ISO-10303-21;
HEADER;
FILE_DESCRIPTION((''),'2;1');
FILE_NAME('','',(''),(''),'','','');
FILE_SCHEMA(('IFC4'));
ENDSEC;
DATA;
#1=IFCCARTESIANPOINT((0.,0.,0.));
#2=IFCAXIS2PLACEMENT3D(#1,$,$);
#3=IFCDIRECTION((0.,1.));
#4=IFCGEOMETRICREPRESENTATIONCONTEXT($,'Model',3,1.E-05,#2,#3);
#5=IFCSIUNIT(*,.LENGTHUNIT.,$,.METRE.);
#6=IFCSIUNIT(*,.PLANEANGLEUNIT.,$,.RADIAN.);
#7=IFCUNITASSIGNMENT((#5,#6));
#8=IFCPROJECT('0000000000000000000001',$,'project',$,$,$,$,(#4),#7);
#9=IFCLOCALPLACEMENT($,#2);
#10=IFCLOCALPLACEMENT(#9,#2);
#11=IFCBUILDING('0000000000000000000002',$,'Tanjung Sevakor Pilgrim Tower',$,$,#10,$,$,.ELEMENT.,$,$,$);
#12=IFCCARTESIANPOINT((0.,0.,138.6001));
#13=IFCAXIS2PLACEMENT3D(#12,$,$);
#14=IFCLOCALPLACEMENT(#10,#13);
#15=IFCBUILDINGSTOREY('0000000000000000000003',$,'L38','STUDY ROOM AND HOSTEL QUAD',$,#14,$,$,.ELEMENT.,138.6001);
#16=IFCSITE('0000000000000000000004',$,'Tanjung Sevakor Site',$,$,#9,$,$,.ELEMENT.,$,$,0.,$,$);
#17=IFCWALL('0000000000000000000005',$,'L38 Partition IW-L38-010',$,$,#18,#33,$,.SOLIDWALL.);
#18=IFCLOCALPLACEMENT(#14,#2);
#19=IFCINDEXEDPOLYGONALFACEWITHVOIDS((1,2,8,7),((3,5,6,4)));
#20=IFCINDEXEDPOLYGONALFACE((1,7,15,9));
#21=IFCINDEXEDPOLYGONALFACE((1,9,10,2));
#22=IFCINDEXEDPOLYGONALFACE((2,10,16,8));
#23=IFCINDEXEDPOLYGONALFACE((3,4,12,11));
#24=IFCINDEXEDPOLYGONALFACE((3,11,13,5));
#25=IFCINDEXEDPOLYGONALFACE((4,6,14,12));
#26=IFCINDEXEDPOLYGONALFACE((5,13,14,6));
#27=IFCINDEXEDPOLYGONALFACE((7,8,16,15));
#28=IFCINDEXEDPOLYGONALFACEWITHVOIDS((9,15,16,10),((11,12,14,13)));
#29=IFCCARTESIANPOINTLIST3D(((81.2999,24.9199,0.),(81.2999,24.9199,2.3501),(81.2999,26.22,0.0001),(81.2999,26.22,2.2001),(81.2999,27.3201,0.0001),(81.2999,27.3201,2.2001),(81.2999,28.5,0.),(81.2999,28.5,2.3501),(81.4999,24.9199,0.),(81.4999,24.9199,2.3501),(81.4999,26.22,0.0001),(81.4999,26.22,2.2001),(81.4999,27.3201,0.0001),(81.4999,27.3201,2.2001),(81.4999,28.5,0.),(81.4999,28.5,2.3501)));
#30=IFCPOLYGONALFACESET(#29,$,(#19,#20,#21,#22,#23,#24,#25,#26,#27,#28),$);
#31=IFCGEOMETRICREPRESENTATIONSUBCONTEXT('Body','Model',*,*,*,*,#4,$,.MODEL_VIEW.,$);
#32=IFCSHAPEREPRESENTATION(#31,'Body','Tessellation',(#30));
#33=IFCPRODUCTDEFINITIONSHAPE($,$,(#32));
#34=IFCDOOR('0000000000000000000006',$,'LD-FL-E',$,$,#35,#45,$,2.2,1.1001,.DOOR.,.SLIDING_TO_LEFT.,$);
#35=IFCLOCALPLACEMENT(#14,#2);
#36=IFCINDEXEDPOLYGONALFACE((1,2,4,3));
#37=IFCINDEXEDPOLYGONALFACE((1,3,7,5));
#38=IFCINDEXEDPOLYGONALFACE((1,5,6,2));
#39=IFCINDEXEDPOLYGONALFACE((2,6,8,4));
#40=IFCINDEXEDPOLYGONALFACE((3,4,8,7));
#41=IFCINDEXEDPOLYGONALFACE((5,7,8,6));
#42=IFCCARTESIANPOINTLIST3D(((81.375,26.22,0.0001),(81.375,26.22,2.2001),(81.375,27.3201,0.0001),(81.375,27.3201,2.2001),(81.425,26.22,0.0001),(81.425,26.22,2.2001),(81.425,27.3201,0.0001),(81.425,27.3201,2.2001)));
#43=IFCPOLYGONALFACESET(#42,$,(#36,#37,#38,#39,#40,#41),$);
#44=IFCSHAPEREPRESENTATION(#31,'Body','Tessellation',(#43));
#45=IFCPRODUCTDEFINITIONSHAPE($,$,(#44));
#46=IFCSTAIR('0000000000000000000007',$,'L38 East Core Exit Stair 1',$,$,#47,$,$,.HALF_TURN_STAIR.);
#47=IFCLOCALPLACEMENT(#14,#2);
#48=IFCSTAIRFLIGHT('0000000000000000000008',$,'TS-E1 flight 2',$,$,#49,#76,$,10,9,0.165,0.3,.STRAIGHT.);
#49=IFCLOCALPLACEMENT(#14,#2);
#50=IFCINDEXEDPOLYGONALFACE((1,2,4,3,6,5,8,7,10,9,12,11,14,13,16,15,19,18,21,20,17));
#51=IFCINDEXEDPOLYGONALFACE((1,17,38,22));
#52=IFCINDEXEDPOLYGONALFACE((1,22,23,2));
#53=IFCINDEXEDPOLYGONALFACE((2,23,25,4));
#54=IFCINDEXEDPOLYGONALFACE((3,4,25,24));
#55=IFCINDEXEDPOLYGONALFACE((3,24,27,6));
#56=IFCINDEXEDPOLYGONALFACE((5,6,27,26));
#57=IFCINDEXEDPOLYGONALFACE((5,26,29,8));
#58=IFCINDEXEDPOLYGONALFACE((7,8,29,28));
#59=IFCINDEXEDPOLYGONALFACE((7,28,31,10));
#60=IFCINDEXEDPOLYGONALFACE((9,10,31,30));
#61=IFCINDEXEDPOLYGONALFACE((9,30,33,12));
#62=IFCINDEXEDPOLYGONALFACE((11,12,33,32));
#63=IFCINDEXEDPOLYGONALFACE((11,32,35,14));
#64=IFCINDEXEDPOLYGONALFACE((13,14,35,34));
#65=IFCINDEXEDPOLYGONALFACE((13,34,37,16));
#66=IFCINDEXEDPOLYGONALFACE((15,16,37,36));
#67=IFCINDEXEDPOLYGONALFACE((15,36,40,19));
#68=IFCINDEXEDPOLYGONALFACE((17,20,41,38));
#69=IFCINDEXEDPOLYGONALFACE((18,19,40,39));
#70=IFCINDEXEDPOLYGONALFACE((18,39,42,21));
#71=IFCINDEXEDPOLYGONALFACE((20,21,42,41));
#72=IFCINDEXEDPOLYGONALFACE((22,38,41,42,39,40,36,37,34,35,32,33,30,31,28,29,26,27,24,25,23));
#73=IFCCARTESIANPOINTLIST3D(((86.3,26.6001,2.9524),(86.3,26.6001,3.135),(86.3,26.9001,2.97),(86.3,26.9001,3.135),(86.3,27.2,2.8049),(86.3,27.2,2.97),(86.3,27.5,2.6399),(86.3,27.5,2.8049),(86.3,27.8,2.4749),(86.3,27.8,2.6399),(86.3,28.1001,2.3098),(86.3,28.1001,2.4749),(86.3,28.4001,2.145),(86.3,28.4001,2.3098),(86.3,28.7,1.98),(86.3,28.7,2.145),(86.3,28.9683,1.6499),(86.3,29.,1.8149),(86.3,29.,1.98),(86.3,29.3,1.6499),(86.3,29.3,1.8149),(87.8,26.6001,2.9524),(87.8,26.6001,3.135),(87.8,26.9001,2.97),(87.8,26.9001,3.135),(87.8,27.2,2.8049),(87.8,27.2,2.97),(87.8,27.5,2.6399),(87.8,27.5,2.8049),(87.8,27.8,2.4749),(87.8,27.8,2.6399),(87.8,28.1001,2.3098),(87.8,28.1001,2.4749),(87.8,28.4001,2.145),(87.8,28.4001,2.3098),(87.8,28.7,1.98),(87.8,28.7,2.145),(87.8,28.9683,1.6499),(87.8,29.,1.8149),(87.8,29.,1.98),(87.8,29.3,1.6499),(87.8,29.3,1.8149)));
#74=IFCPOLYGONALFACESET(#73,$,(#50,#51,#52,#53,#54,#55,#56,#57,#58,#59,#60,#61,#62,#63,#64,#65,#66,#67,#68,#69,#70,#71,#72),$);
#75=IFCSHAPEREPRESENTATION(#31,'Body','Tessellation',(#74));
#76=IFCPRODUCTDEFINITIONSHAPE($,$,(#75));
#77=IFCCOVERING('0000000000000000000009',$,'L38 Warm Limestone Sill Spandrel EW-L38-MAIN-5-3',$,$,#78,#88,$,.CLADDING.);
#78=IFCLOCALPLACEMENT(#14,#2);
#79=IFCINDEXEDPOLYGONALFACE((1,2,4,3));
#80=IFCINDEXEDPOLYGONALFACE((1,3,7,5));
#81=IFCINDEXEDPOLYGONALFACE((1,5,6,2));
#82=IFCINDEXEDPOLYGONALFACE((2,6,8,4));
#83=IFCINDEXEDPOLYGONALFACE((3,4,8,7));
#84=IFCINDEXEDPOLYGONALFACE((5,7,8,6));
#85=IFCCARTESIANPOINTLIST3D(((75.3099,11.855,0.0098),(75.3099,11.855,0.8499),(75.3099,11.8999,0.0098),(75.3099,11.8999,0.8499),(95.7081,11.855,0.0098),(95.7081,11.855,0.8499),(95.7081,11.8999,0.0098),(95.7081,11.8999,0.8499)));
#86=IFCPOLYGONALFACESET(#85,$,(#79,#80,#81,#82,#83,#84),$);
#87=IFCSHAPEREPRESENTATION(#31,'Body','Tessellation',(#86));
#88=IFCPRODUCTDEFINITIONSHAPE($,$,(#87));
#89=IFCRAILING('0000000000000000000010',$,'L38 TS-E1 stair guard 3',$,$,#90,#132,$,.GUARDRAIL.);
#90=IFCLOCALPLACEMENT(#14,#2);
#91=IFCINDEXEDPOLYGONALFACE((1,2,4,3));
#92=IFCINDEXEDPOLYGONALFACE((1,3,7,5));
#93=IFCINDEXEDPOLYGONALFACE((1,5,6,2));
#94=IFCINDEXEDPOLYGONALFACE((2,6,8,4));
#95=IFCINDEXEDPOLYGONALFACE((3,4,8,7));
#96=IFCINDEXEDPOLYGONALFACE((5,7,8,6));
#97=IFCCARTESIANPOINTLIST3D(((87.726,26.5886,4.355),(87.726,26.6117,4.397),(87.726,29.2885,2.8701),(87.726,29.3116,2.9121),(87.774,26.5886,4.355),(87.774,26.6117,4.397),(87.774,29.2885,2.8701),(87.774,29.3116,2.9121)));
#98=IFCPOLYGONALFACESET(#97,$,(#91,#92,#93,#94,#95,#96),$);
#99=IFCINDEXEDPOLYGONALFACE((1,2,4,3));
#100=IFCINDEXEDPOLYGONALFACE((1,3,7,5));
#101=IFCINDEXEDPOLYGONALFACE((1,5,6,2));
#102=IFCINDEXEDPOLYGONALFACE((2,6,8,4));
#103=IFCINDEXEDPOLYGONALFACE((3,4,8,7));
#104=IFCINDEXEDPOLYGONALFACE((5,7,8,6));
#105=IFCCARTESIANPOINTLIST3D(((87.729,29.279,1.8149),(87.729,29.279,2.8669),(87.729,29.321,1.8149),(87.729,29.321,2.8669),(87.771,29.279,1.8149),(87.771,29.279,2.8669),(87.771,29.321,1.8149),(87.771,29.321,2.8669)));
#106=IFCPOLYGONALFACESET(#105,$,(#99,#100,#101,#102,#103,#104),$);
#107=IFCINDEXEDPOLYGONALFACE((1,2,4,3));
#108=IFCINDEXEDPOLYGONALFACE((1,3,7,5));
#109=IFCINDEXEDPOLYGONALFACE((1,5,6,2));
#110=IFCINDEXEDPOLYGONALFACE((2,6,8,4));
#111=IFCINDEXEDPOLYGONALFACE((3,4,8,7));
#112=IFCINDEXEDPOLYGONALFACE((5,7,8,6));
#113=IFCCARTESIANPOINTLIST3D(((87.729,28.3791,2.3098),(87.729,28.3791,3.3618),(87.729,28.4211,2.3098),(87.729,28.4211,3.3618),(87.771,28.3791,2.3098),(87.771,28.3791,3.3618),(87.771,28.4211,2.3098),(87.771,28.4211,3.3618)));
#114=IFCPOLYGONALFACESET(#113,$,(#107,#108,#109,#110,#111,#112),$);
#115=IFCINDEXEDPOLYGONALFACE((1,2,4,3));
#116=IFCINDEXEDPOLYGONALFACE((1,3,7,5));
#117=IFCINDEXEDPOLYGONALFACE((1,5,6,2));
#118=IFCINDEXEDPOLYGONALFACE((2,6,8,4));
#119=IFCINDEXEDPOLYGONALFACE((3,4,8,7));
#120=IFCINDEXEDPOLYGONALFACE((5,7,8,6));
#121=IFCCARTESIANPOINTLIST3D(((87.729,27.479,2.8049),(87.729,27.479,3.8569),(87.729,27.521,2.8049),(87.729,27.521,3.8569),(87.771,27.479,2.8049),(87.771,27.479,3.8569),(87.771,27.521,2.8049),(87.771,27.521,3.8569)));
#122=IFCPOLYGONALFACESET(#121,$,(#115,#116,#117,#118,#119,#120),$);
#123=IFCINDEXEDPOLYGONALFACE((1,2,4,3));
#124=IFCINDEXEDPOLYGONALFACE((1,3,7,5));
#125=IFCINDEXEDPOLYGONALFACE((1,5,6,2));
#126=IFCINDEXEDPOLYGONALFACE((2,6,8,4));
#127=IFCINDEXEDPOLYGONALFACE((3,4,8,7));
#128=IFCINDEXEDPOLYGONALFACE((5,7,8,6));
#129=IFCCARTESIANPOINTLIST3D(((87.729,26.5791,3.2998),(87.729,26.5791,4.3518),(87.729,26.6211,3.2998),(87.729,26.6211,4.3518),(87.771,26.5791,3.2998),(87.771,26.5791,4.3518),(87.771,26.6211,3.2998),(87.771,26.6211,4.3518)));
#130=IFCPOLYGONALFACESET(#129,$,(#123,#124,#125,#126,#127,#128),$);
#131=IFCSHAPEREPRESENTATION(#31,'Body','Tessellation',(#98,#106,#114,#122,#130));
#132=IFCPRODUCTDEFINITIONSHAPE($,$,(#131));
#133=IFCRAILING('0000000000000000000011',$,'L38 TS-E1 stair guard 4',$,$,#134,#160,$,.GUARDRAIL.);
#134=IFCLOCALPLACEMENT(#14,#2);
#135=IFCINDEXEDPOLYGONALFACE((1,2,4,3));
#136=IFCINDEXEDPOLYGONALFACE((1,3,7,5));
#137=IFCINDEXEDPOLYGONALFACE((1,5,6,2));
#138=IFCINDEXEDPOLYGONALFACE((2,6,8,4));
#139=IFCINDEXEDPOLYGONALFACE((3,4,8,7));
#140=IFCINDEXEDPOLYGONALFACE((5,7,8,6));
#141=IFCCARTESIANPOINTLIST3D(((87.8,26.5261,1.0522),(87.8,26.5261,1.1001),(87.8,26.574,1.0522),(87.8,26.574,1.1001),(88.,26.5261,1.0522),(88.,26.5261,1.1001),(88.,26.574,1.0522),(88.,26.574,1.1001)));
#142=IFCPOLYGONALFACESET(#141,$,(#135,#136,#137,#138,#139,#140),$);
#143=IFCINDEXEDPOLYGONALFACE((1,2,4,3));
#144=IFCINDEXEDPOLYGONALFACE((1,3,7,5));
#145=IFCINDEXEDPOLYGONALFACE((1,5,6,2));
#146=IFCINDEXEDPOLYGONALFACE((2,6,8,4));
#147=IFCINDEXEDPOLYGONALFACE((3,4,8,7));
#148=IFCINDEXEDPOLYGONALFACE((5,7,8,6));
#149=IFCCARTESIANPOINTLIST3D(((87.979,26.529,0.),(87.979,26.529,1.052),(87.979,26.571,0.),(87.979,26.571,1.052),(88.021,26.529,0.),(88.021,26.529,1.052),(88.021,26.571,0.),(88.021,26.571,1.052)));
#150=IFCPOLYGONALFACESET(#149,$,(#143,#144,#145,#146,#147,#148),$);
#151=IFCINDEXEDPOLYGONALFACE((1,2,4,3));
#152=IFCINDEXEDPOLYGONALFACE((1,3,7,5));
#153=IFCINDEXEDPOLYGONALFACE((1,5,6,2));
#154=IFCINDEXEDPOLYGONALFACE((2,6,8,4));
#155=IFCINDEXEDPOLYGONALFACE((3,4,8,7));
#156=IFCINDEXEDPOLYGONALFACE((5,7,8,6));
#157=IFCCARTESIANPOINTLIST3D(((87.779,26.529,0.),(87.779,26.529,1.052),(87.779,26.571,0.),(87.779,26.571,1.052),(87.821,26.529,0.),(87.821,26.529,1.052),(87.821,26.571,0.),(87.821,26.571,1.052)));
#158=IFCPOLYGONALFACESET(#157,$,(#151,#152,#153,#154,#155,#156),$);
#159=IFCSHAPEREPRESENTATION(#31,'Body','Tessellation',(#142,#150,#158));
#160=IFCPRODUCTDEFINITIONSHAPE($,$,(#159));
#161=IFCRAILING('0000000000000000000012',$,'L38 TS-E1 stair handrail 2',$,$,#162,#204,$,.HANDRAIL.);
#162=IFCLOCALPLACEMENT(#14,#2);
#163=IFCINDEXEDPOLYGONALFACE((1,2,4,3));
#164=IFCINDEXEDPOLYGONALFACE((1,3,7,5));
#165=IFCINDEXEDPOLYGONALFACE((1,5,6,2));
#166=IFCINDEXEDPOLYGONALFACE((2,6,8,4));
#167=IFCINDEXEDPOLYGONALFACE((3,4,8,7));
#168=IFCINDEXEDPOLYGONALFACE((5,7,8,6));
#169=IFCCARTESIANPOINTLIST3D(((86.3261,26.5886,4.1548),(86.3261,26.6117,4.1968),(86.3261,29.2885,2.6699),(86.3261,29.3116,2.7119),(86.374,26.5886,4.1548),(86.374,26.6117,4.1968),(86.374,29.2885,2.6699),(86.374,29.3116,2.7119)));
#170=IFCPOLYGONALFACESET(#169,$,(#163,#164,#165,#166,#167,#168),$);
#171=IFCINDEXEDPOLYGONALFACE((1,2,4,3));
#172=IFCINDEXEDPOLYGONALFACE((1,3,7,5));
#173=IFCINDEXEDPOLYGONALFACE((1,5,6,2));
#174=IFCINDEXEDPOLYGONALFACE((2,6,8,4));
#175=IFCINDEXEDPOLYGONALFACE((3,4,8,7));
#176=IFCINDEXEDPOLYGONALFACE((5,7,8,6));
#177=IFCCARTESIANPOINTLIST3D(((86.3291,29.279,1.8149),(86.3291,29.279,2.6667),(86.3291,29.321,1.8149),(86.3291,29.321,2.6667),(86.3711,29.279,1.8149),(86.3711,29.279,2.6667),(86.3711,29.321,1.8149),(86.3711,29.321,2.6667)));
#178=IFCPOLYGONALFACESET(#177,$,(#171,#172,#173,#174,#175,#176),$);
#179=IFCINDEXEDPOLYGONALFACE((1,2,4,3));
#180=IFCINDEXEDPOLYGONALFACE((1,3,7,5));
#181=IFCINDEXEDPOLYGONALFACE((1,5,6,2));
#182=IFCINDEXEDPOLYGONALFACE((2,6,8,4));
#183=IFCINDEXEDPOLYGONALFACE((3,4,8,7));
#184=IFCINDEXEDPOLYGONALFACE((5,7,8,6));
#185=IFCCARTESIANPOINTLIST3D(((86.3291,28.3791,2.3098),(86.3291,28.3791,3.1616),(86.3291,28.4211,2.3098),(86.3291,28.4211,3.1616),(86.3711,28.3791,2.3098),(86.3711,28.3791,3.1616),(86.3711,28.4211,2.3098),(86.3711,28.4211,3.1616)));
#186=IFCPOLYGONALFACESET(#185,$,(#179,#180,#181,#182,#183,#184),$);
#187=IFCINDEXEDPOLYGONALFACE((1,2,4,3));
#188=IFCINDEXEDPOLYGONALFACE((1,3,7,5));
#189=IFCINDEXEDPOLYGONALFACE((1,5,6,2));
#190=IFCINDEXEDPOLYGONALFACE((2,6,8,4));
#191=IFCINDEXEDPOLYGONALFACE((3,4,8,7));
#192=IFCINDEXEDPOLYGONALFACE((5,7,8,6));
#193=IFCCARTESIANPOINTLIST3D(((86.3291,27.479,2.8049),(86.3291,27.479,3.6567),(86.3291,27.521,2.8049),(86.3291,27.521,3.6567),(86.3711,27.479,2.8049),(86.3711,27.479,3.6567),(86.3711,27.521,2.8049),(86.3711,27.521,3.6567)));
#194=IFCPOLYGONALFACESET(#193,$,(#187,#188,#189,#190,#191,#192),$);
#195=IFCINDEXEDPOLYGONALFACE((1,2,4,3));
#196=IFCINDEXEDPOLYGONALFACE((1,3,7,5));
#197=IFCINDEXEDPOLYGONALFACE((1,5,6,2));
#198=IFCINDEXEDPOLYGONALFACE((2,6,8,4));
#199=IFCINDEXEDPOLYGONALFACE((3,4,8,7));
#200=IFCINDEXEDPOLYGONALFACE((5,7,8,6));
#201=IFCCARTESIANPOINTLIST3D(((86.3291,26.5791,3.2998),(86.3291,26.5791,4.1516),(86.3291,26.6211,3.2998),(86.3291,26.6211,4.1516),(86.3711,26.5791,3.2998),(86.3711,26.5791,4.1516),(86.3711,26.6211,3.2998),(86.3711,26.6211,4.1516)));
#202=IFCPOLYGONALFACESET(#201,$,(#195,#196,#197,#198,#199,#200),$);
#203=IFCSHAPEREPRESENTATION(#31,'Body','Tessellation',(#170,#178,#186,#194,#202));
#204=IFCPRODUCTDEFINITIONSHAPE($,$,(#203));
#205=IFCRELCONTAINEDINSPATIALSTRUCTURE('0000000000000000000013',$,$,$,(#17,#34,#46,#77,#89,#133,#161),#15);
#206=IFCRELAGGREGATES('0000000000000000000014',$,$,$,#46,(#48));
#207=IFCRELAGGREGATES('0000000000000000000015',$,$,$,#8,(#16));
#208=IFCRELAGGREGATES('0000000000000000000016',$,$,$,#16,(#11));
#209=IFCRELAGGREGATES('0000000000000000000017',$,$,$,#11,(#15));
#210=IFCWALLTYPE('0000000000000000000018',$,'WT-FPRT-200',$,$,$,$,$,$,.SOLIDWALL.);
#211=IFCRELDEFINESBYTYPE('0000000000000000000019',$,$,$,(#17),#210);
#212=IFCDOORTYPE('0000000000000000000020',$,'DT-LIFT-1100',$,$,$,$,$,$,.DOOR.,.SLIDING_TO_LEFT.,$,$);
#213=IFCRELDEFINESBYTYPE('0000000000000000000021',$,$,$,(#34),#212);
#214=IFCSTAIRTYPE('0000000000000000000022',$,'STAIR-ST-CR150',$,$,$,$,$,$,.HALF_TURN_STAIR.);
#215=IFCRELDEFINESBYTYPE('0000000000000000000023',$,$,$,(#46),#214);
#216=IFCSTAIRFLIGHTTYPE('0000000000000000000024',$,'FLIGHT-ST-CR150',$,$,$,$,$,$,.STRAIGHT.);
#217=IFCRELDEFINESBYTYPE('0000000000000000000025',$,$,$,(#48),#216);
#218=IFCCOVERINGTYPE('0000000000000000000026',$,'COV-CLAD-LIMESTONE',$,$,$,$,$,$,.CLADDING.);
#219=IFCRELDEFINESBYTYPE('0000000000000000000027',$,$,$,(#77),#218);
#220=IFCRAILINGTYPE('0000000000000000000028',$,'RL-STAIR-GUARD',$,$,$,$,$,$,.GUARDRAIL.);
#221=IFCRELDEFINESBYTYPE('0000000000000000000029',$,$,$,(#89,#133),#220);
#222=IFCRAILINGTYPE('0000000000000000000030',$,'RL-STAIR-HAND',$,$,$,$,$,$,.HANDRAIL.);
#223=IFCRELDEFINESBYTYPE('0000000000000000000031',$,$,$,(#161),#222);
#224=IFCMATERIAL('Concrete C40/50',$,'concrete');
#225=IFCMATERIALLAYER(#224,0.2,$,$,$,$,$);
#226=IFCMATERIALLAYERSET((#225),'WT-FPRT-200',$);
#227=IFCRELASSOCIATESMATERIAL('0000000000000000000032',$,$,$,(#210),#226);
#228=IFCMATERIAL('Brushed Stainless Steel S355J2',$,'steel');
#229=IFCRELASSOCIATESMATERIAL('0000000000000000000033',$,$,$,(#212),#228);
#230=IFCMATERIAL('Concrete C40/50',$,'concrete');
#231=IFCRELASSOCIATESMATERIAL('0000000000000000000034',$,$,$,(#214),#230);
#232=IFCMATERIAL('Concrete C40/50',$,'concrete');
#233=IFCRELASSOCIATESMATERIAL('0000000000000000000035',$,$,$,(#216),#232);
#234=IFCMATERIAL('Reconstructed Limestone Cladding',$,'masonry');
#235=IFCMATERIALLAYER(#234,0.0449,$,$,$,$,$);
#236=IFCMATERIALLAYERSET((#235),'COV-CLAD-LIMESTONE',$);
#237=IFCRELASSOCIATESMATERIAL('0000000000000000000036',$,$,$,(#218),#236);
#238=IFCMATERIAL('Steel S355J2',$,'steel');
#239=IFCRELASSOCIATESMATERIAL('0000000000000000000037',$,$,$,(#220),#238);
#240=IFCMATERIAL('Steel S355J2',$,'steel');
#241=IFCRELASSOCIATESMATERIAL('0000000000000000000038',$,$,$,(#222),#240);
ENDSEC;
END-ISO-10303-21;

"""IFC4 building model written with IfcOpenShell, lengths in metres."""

from ifc_helpers import new_model, si_unit, direction, frame, frame_2d, origin, origin_2d, place, context, subcontext, project, spatial, polyline, rectangle, outline, extrude, material, layer, layer_set, type_object, element, fill, aggregate, save


model = new_model("IFC4")

# Units and contexts
model_context = context("Model", 3, precision=1e-05, world=origin(), true_north=direction((0.0, 1.0)))
body_context = subcontext(model_context, "Body", "Model", "MODEL_VIEW")
ifc_project = project(units=[si_unit("LENGTHUNIT", "METRE"), si_unit("PLANEANGLEUNIT", "RADIAN")], contexts=[model_context])

# Site, building, storey
site_placement = place(None, origin())
site = spatial("IfcSite", under=ifc_project, at=site_placement, Name="Tanjung Sevakor Site", CompositionType="ELEMENT", RefElevation=0.0)
building_placement = place(site_placement, origin())
building = spatial("IfcBuilding", under=site, at=building_placement, Name="Tanjung Sevakor Pilgrim Tower", CompositionType="ELEMENT")
storey_placement = place(building_placement, frame((0.0, 0.0, 138.6001)))
storey = spatial("IfcBuildingStorey", under=building, at=storey_placement, Name="L38", Description="STUDY ROOM AND HOSTEL QUAD", CompositionType="ELEMENT", Elevation=138.6001)

# Wall, opening, door
ifc_material_1 = material(Name="Concrete C40/50", Category="concrete")
ifc_layer_1 = layer(ifc_material_1, 0.2)
ifc_layer_set_1 = layer_set([ifc_layer_1], Name="WT-FPRT-200")
wall_type_1 = type_object("IfcWallType", Name="WT-FPRT-200", PredefinedType="SOLIDWALL", material=ifc_layer_set_1)
wall_1_placement = place(storey_placement, frame((81.3999, 24.9199, 0.0), z_axis=(0.0, 0.0, 1.0), x_axis=(0.0, 1.0, 0.0)))
wall_1 = element("IfcWall", 1, at=wall_1_placement, inside=storey, type_object=wall_type_1, Name="L38 Partition IW-L38-010", PredefinedType="SOLIDWALL", context=body_context, shape_type="SweptSolid", body=[
    extrude(rectangle(XDim=3.5801, YDim=0.2, at=frame_2d((1.79, 0.0))), origin(), (0.0, 0.0, 1.0), 2.3501),
])
opening_1_placement = place(wall_1_placement, frame((1.3, 0.0, 0.0)))
opening_1 = element("IfcOpeningElement", 2, at=opening_1_placement, cuts=wall_1, PredefinedType="OPENING", context=body_context, shape_type="SweptSolid", body=[
    extrude(rectangle(XDim=1.1001, YDim=2.2, at=frame_2d((0.55, 1.1001))), frame((0.0, 0.1099, 0.0), z_axis=(0.0, -1.0, 0.0), x_axis=(1.0, 0.0, 0.0)), (0.0, 0.0, 1.0), 0.22),
])
ifc_material_2 = material(Name="Brushed Stainless Steel S355J2", Category="steel")
door_type_1 = type_object("IfcDoorType", Name="DT-LIFT-1100", OperationType="SLIDING_TO_LEFT", PredefinedType="DOOR", material=ifc_material_2)
door_1_placement = place(opening_1_placement, origin())
door_1 = element("IfcDoor", 3, at=door_1_placement, inside=storey, type_object=door_type_1, Name="LD-FL-E", OperationType="SLIDING_TO_LEFT", OverallHeight=2.2, OverallWidth=1.1001, PredefinedType="DOOR", context=body_context, shape_type="SweptSolid", body=[
    extrude(rectangle(XDim=1.1001, YDim=2.2, at=frame_2d((0.55, 1.1001))), frame((0.0, 0.0249, 0.0), z_axis=(0.0, -1.0, 0.0), x_axis=(1.0, 0.0, 0.0)), (0.0, 0.0, 1.0), 0.05),
])
fill(opening_1, door_1)

# Stair, stair flight
ifc_material_3 = material(Name="Concrete C40/50", Category="concrete")
stair_type = type_object("IfcStairType", Name="STAIR-ST-CR150", PredefinedType="HALF_TURN_STAIR", material=ifc_material_3)
stair_placement = place(storey_placement, origin())
stair = element("IfcStair", 4, at=stair_placement, inside=storey, type_object=stair_type, Name="L38 East Core Exit Stair 1", PredefinedType="HALF_TURN_STAIR")
ifc_material_4 = material(Name="Concrete C40/50", Category="concrete")
stair_flight_type = type_object("IfcStairFlightType", Name="FLIGHT-ST-CR150", PredefinedType="STRAIGHT", material=ifc_material_4)
stair_flight_placement = place(storey_placement, frame((87.05, 29.3, 1.6499), z_axis=(0.0, 0.0, 1.0), x_axis=(0.0, -1.0, 0.0)))
stair_flight = element("IfcStairFlight", 5, at=stair_flight_placement, type_object=stair_flight_type, Name="TS-E1 flight 2", NumberOfRisers=10, NumberOfTreads=9, PredefinedType="STRAIGHT", RiserHeight=0.165, TreadLength=0.3, context=body_context, shape_type="SweptSolid", body=[
    extrude(outline(polyline([(0.0, 0.0), (0.0, 0.165), (0.3, 0.165), (0.3, 0.3301), (0.6001, 0.3301), (0.6001, 0.4951), (0.8999, 0.4951), (0.8999, 0.6599), (1.2, 0.6599), (1.2, 0.825), (1.5, 0.825), (1.5, 0.99), (1.8, 0.99), (1.8, 1.155), (2.1001, 1.155), (2.1001, 1.3201), (2.3999, 1.3201), (2.3999, 1.4851), (2.7, 1.4851), (2.7, 1.6499), (2.7, 1.3025), (0.3318, 0.0), (0.0, 0.0)])), frame((0.0, 0.75, 0.0), z_axis=(0.0, -1.0, 0.0), x_axis=(1.0, 0.0, 0.0)), (0.0, 0.0, 1.0), 1.5),
])
aggregate(stair, [stair_flight])

# Covering
ifc_material_5 = material(Name="Reconstructed Limestone Cladding", Category="masonry")
ifc_layer_2 = layer(ifc_material_5, 0.0449)
ifc_layer_set_2 = layer_set([ifc_layer_2], Name="COV-CLAD-LIMESTONE")
covering_type = type_object("IfcCoveringType", Name="COV-CLAD-LIMESTONE", PredefinedType="CLADDING", material=ifc_layer_set_2)
covering_placement = place(storey_placement, frame((85.509, 11.8774, 0.0098), z_axis=(0.0, 0.0, 1.0), x_axis=(1.0, 0.0, 0.0)))
element("IfcCovering", 6, at=covering_placement, inside=storey, type_object=covering_type, Name="L38 Warm Limestone Sill Spandrel EW-L38-MAIN-5-3", PredefinedType="CLADDING", context=body_context, shape_type="SweptSolid", body=[
    extrude(rectangle(XDim=20.3982, YDim=0.0449, at=origin_2d()), origin(), (0.0, 0.0, 1.0), 0.8401),
])

# Railings
ifc_material_6 = material(Name="Steel S355J2", Category="steel")
railing_type_1 = type_object("IfcRailingType", Name="RL-STAIR-GUARD", PredefinedType="GUARDRAIL", material=ifc_material_6)
railing_1_placement = place(storey_placement, frame((87.75, 29.3, 1.8149)))
element("IfcRailing", 7, at=railing_1_placement, inside=storey, type_object=railing_type_1, Name="L38 TS-E1 stair guard 3", PredefinedType="GUARDRAIL", context=body_context, shape_type="SweptSolid", body=[
    extrude(rectangle(XDim=0.0479, YDim=0.0479), frame((0.0, 0.0, 1.0762), z_axis=(0.0, -0.876231, 0.481891), x_axis=(1.0, 0.0, 0.0)), (0.0, 0.0, 1.0), 3.0813),
    extrude(rectangle(XDim=0.042, YDim=0.042), origin(), (0.0, 0.0, 1.0), 1.052),
    extrude(rectangle(XDim=0.042, YDim=0.042), frame((0.0, -0.8999, 0.4949)), (0.0, 0.0, 1.0), 1.052),
    extrude(rectangle(XDim=0.042, YDim=0.042), frame((0.0, -1.8, 0.99)), (0.0, 0.0, 1.0), 1.052),
    extrude(rectangle(XDim=0.042, YDim=0.042), frame((0.0, -2.7, 1.4849)), (0.0, 0.0, 1.0), 1.052),
])
railing_2_placement = place(storey_placement, frame((88.0, 26.55, 0.0)))
element("IfcRailing", 8, at=railing_2_placement, inside=storey, type_object=railing_type_1, Name="L38 TS-E1 stair guard 4", PredefinedType="GUARDRAIL", context=body_context, shape_type="SweptSolid", body=[
    extrude(rectangle(XDim=0.0479, YDim=0.0479), frame((0.0, 0.0, 1.0762), z_axis=(-1.0, 0.0, 0.0), x_axis=(0.0, -1.0, 0.0)), (0.0, 0.0, 1.0), 0.2),
    extrude(rectangle(XDim=0.042, YDim=0.042), origin(), (0.0, 0.0, 1.0), 1.052),
    extrude(rectangle(XDim=0.042, YDim=0.042), frame((-0.2, 0.0, 0.0)), (0.0, 0.0, 1.0), 1.052),
])
ifc_material_7 = material(Name="Steel S355J2", Category="steel")
railing_type_2 = type_object("IfcRailingType", Name="RL-STAIR-HAND", PredefinedType="HANDRAIL", material=ifc_material_7)
railing_3_placement = place(storey_placement, frame((86.3501, 29.3, 1.8149)))
element("IfcRailing", 9, at=railing_3_placement, inside=storey, type_object=railing_type_2, Name="L38 TS-E1 stair handrail 2", PredefinedType="HANDRAIL", context=body_context, shape_type="SweptSolid", body=[
    extrude(rectangle(XDim=0.0479, YDim=0.0479), frame((0.0, 0.0, 0.876), z_axis=(0.0, -0.876231, 0.481891), x_axis=(1.0, 0.0, 0.0)), (0.0, 0.0, 1.0), 3.0813),
    extrude(rectangle(XDim=0.042, YDim=0.042), origin(), (0.0, 0.0, 1.0), 0.8518),
    extrude(rectangle(XDim=0.042, YDim=0.042), frame((0.0, -0.8999, 0.4949)), (0.0, 0.0, 1.0), 0.8518),
    extrude(rectangle(XDim=0.042, YDim=0.042), frame((0.0, -1.8, 0.99)), (0.0, 0.0, 1.0), 0.8518),
    extrude(rectangle(XDim=0.042, YDim=0.042), frame((0.0, -2.7, 1.4849)), (0.0, 0.0, 1.0), 0.8518),
])

save(model, "model.ifc")
